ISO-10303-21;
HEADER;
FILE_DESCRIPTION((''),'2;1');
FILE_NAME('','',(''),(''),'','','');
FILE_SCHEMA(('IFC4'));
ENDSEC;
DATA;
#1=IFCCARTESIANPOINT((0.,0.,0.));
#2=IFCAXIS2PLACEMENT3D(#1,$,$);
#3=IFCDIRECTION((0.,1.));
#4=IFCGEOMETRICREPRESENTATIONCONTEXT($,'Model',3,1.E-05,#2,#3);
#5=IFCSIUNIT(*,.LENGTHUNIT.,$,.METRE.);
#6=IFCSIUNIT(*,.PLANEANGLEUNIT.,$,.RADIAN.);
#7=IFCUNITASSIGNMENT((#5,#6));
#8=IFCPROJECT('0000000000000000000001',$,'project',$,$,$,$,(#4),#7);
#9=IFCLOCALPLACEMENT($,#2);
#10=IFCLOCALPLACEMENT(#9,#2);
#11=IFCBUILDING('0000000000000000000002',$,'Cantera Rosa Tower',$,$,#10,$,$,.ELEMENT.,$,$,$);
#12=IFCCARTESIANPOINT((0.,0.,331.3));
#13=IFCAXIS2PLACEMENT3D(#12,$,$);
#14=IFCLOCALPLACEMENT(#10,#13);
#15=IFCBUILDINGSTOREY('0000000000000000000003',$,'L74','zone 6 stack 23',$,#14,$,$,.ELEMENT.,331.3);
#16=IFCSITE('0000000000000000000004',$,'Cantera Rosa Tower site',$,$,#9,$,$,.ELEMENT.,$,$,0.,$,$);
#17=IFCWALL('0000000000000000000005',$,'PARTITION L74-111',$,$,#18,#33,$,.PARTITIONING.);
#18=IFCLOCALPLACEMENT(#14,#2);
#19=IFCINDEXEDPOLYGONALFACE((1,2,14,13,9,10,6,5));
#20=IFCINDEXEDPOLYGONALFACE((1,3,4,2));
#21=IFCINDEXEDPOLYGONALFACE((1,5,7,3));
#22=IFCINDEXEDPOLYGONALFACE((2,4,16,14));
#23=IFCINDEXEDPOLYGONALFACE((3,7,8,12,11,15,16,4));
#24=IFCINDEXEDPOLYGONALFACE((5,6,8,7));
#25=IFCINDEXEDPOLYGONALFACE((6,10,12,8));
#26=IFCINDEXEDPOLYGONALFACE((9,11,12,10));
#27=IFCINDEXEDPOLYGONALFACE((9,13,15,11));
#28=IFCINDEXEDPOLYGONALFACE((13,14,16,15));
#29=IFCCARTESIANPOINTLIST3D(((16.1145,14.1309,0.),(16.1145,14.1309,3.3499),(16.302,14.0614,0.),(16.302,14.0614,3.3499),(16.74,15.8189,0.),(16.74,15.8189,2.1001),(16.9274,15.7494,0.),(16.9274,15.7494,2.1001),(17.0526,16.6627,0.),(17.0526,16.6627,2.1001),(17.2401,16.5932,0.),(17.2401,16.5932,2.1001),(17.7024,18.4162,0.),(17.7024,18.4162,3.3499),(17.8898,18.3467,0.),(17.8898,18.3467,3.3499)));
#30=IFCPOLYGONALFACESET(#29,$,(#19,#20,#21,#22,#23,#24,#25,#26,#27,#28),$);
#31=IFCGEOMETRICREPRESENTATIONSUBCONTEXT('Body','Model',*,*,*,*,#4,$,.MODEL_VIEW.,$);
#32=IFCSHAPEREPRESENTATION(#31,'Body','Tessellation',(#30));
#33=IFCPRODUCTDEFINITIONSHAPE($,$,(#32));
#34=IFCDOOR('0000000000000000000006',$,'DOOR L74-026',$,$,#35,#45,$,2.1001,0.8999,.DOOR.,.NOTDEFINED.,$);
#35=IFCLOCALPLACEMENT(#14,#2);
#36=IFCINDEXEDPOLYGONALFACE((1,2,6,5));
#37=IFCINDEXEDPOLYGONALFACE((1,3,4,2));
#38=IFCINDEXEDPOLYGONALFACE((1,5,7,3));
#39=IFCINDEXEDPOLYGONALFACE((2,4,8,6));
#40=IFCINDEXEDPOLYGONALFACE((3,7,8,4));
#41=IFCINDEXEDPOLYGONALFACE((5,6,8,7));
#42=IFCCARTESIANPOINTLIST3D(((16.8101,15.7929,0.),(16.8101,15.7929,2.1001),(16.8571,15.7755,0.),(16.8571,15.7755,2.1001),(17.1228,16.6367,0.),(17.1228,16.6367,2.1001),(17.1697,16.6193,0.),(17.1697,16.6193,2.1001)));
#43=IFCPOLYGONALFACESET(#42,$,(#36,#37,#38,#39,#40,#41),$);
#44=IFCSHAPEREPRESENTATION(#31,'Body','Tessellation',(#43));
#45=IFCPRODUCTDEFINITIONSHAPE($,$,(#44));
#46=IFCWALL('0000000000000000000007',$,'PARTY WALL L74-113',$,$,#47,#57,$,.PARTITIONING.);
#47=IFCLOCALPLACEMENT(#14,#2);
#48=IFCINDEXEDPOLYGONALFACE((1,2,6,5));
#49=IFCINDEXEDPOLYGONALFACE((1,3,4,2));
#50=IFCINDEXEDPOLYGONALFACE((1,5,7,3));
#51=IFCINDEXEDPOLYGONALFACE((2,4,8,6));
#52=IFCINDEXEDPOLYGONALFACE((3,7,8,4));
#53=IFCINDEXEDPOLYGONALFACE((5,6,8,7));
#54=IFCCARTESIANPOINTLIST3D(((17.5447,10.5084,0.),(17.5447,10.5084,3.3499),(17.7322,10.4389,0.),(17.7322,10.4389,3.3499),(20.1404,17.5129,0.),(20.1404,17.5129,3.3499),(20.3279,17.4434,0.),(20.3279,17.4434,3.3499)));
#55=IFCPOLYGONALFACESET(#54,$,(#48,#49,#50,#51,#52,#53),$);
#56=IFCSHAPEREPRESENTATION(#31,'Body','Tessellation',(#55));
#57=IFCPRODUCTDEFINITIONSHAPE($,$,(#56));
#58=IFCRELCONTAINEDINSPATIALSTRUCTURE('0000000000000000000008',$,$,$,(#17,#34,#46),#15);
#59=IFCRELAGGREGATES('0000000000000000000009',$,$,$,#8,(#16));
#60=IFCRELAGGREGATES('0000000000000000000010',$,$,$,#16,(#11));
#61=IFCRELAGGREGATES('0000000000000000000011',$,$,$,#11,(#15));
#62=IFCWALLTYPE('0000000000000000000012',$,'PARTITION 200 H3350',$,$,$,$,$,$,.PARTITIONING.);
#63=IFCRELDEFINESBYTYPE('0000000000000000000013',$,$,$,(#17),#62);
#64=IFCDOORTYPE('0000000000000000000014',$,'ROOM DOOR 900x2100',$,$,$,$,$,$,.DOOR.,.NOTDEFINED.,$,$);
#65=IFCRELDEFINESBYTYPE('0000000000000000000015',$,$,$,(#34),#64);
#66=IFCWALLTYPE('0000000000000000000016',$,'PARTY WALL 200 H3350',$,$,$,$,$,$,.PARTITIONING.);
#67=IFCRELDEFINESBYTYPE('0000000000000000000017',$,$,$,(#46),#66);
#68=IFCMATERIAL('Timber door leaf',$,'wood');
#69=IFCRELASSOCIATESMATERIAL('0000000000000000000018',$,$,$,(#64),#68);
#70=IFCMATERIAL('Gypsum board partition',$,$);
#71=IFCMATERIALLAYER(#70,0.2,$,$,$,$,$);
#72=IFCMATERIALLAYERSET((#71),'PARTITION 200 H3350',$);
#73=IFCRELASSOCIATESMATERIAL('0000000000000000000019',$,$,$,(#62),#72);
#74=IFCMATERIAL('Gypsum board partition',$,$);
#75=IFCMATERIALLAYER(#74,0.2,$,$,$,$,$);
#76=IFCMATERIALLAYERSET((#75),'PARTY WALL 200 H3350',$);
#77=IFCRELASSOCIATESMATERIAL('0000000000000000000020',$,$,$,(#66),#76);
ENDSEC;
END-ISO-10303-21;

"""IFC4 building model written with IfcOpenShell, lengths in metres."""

from ifc_helpers import new_model, si_unit, direction, frame, frame_2d, origin, place, context, subcontext, project, spatial, rectangle, extrude, material, layer, layer_set, type_object, element, fill, save


model = new_model("IFC4")

# Units and contexts
model_context = context("Model", 3, precision=1e-05, world=origin(), true_north=direction((0.0, 1.0)))
body_context = subcontext(model_context, "Body", "Model", "MODEL_VIEW")
ifc_project = project(units=[si_unit("LENGTHUNIT", "METRE"), si_unit("PLANEANGLEUNIT", "RADIAN")], contexts=[model_context])

# Site, building, storey
site_placement = place(None, origin())
site = spatial("IfcSite", under=ifc_project, at=site_placement, Name="Cantera Rosa Tower site", CompositionType="ELEMENT", RefElevation=0.0)
building_placement = place(site_placement, origin())
building = spatial("IfcBuilding", under=site, at=building_placement, Name="Cantera Rosa Tower", CompositionType="ELEMENT")
storey_placement = place(building_placement, frame((0.0, 0.0, 331.3)))
storey = spatial("IfcBuildingStorey", under=building, at=storey_placement, Name="L74", Description="zone 6 stack 23", CompositionType="ELEMENT", Elevation=331.3)

# Shared definitions
ifc_material_1 = material(Name="Timber door leaf", Category="wood")
door_type_1 = type_object("IfcDoorType", Name="ROOM DOOR 900x2100", OperationType="NOTDEFINED", PredefinedType="DOOR", material=ifc_material_1)

# Shared definitions
ifc_material_2 = material(Name="Gypsum board partition")
ifc_layer_1 = layer(ifc_material_2, 0.2)
ifc_layer_set_1 = layer_set([ifc_layer_1], Name="PARTITION 200 H3350")
wall_type_1 = type_object("IfcWallType", Name="PARTITION 200 H3350", PredefinedType="PARTITIONING", material=ifc_layer_set_1)

# Wall, opening, door
wall_1_placement = place(storey_placement, frame((17.7961, 18.3816, 0.0), z_axis=(0.0, 0.0, 1.0), x_axis=(-0.34745, -0.937698, 0.0)))
wall_1 = element("IfcWall", 1, at=wall_1_placement, inside=storey, type_object=wall_type_1, Name="PARTITION L74-111", PredefinedType="PARTITIONING", context=body_context, shape_type="SweptSolid", body=[
    extrude(rectangle(XDim=4.5701, YDim=0.2, at=frame_2d((2.2852, 0.0))), origin(), (0.0, 0.0, 1.0), 3.3499),
])
opening_1_placement = place(wall_1_placement, frame((1.8701, 0.0, 0.0)))
opening_1 = element("IfcOpeningElement", 2, at=opening_1_placement, cuts=wall_1, PredefinedType="OPENING", context=body_context, shape_type="SweptSolid", body=[
    extrude(rectangle(XDim=0.8999, YDim=2.1001, at=frame_2d((0.45, 1.05))), frame((0.0, 0.1099, 0.0), z_axis=(0.0, -1.0, 0.0), x_axis=(1.0, 0.0, 0.0)), (0.0, 0.0, 1.0), 0.22),
])
door_1_placement = place(opening_1_placement, origin())
door_1 = element("IfcDoor", 3, at=door_1_placement, inside=storey, type_object=door_type_1, Name="DOOR L74-026", OperationType="NOTDEFINED", OverallHeight=2.1001, OverallWidth=0.8999, PredefinedType="DOOR", context=body_context, shape_type="SweptSolid", body=[
    extrude(rectangle(XDim=0.8999, YDim=2.1001, at=frame_2d((0.45, 1.05))), frame((0.0, 0.0249, 0.0), z_axis=(0.0, -1.0, 0.0), x_axis=(1.0, 0.0, 0.0)), (0.0, 0.0, 1.0), 0.05),
])
fill(opening_1, door_1)

# Wall
ifc_material_3 = material(Name="Gypsum board partition")
ifc_layer_2 = layer(ifc_material_3, 0.2)
ifc_layer_set_2 = layer_set([ifc_layer_2], Name="PARTY WALL 200 H3350")
wall_type_2 = type_object("IfcWallType", Name="PARTY WALL 200 H3350", PredefinedType="PARTITIONING", material=ifc_layer_set_2)
wall_2_placement = place(storey_placement, frame((20.2341, 17.478, 0.0), z_axis=(0.0, 0.0, 1.0), x_axis=(-0.347489, -0.937684, 0.0)))
element("IfcWall", 4, at=wall_2_placement, inside=storey, type_object=wall_type_2, Name="PARTY WALL L74-113", PredefinedType="PARTITIONING", context=body_context, shape_type="SweptSolid", body=[
    extrude(rectangle(XDim=7.47, YDim=0.2, at=frame_2d((3.7349, 0.0))), origin(), (0.0, 0.0, 1.0), 3.3499),
])

save(model, "model.ifc")
